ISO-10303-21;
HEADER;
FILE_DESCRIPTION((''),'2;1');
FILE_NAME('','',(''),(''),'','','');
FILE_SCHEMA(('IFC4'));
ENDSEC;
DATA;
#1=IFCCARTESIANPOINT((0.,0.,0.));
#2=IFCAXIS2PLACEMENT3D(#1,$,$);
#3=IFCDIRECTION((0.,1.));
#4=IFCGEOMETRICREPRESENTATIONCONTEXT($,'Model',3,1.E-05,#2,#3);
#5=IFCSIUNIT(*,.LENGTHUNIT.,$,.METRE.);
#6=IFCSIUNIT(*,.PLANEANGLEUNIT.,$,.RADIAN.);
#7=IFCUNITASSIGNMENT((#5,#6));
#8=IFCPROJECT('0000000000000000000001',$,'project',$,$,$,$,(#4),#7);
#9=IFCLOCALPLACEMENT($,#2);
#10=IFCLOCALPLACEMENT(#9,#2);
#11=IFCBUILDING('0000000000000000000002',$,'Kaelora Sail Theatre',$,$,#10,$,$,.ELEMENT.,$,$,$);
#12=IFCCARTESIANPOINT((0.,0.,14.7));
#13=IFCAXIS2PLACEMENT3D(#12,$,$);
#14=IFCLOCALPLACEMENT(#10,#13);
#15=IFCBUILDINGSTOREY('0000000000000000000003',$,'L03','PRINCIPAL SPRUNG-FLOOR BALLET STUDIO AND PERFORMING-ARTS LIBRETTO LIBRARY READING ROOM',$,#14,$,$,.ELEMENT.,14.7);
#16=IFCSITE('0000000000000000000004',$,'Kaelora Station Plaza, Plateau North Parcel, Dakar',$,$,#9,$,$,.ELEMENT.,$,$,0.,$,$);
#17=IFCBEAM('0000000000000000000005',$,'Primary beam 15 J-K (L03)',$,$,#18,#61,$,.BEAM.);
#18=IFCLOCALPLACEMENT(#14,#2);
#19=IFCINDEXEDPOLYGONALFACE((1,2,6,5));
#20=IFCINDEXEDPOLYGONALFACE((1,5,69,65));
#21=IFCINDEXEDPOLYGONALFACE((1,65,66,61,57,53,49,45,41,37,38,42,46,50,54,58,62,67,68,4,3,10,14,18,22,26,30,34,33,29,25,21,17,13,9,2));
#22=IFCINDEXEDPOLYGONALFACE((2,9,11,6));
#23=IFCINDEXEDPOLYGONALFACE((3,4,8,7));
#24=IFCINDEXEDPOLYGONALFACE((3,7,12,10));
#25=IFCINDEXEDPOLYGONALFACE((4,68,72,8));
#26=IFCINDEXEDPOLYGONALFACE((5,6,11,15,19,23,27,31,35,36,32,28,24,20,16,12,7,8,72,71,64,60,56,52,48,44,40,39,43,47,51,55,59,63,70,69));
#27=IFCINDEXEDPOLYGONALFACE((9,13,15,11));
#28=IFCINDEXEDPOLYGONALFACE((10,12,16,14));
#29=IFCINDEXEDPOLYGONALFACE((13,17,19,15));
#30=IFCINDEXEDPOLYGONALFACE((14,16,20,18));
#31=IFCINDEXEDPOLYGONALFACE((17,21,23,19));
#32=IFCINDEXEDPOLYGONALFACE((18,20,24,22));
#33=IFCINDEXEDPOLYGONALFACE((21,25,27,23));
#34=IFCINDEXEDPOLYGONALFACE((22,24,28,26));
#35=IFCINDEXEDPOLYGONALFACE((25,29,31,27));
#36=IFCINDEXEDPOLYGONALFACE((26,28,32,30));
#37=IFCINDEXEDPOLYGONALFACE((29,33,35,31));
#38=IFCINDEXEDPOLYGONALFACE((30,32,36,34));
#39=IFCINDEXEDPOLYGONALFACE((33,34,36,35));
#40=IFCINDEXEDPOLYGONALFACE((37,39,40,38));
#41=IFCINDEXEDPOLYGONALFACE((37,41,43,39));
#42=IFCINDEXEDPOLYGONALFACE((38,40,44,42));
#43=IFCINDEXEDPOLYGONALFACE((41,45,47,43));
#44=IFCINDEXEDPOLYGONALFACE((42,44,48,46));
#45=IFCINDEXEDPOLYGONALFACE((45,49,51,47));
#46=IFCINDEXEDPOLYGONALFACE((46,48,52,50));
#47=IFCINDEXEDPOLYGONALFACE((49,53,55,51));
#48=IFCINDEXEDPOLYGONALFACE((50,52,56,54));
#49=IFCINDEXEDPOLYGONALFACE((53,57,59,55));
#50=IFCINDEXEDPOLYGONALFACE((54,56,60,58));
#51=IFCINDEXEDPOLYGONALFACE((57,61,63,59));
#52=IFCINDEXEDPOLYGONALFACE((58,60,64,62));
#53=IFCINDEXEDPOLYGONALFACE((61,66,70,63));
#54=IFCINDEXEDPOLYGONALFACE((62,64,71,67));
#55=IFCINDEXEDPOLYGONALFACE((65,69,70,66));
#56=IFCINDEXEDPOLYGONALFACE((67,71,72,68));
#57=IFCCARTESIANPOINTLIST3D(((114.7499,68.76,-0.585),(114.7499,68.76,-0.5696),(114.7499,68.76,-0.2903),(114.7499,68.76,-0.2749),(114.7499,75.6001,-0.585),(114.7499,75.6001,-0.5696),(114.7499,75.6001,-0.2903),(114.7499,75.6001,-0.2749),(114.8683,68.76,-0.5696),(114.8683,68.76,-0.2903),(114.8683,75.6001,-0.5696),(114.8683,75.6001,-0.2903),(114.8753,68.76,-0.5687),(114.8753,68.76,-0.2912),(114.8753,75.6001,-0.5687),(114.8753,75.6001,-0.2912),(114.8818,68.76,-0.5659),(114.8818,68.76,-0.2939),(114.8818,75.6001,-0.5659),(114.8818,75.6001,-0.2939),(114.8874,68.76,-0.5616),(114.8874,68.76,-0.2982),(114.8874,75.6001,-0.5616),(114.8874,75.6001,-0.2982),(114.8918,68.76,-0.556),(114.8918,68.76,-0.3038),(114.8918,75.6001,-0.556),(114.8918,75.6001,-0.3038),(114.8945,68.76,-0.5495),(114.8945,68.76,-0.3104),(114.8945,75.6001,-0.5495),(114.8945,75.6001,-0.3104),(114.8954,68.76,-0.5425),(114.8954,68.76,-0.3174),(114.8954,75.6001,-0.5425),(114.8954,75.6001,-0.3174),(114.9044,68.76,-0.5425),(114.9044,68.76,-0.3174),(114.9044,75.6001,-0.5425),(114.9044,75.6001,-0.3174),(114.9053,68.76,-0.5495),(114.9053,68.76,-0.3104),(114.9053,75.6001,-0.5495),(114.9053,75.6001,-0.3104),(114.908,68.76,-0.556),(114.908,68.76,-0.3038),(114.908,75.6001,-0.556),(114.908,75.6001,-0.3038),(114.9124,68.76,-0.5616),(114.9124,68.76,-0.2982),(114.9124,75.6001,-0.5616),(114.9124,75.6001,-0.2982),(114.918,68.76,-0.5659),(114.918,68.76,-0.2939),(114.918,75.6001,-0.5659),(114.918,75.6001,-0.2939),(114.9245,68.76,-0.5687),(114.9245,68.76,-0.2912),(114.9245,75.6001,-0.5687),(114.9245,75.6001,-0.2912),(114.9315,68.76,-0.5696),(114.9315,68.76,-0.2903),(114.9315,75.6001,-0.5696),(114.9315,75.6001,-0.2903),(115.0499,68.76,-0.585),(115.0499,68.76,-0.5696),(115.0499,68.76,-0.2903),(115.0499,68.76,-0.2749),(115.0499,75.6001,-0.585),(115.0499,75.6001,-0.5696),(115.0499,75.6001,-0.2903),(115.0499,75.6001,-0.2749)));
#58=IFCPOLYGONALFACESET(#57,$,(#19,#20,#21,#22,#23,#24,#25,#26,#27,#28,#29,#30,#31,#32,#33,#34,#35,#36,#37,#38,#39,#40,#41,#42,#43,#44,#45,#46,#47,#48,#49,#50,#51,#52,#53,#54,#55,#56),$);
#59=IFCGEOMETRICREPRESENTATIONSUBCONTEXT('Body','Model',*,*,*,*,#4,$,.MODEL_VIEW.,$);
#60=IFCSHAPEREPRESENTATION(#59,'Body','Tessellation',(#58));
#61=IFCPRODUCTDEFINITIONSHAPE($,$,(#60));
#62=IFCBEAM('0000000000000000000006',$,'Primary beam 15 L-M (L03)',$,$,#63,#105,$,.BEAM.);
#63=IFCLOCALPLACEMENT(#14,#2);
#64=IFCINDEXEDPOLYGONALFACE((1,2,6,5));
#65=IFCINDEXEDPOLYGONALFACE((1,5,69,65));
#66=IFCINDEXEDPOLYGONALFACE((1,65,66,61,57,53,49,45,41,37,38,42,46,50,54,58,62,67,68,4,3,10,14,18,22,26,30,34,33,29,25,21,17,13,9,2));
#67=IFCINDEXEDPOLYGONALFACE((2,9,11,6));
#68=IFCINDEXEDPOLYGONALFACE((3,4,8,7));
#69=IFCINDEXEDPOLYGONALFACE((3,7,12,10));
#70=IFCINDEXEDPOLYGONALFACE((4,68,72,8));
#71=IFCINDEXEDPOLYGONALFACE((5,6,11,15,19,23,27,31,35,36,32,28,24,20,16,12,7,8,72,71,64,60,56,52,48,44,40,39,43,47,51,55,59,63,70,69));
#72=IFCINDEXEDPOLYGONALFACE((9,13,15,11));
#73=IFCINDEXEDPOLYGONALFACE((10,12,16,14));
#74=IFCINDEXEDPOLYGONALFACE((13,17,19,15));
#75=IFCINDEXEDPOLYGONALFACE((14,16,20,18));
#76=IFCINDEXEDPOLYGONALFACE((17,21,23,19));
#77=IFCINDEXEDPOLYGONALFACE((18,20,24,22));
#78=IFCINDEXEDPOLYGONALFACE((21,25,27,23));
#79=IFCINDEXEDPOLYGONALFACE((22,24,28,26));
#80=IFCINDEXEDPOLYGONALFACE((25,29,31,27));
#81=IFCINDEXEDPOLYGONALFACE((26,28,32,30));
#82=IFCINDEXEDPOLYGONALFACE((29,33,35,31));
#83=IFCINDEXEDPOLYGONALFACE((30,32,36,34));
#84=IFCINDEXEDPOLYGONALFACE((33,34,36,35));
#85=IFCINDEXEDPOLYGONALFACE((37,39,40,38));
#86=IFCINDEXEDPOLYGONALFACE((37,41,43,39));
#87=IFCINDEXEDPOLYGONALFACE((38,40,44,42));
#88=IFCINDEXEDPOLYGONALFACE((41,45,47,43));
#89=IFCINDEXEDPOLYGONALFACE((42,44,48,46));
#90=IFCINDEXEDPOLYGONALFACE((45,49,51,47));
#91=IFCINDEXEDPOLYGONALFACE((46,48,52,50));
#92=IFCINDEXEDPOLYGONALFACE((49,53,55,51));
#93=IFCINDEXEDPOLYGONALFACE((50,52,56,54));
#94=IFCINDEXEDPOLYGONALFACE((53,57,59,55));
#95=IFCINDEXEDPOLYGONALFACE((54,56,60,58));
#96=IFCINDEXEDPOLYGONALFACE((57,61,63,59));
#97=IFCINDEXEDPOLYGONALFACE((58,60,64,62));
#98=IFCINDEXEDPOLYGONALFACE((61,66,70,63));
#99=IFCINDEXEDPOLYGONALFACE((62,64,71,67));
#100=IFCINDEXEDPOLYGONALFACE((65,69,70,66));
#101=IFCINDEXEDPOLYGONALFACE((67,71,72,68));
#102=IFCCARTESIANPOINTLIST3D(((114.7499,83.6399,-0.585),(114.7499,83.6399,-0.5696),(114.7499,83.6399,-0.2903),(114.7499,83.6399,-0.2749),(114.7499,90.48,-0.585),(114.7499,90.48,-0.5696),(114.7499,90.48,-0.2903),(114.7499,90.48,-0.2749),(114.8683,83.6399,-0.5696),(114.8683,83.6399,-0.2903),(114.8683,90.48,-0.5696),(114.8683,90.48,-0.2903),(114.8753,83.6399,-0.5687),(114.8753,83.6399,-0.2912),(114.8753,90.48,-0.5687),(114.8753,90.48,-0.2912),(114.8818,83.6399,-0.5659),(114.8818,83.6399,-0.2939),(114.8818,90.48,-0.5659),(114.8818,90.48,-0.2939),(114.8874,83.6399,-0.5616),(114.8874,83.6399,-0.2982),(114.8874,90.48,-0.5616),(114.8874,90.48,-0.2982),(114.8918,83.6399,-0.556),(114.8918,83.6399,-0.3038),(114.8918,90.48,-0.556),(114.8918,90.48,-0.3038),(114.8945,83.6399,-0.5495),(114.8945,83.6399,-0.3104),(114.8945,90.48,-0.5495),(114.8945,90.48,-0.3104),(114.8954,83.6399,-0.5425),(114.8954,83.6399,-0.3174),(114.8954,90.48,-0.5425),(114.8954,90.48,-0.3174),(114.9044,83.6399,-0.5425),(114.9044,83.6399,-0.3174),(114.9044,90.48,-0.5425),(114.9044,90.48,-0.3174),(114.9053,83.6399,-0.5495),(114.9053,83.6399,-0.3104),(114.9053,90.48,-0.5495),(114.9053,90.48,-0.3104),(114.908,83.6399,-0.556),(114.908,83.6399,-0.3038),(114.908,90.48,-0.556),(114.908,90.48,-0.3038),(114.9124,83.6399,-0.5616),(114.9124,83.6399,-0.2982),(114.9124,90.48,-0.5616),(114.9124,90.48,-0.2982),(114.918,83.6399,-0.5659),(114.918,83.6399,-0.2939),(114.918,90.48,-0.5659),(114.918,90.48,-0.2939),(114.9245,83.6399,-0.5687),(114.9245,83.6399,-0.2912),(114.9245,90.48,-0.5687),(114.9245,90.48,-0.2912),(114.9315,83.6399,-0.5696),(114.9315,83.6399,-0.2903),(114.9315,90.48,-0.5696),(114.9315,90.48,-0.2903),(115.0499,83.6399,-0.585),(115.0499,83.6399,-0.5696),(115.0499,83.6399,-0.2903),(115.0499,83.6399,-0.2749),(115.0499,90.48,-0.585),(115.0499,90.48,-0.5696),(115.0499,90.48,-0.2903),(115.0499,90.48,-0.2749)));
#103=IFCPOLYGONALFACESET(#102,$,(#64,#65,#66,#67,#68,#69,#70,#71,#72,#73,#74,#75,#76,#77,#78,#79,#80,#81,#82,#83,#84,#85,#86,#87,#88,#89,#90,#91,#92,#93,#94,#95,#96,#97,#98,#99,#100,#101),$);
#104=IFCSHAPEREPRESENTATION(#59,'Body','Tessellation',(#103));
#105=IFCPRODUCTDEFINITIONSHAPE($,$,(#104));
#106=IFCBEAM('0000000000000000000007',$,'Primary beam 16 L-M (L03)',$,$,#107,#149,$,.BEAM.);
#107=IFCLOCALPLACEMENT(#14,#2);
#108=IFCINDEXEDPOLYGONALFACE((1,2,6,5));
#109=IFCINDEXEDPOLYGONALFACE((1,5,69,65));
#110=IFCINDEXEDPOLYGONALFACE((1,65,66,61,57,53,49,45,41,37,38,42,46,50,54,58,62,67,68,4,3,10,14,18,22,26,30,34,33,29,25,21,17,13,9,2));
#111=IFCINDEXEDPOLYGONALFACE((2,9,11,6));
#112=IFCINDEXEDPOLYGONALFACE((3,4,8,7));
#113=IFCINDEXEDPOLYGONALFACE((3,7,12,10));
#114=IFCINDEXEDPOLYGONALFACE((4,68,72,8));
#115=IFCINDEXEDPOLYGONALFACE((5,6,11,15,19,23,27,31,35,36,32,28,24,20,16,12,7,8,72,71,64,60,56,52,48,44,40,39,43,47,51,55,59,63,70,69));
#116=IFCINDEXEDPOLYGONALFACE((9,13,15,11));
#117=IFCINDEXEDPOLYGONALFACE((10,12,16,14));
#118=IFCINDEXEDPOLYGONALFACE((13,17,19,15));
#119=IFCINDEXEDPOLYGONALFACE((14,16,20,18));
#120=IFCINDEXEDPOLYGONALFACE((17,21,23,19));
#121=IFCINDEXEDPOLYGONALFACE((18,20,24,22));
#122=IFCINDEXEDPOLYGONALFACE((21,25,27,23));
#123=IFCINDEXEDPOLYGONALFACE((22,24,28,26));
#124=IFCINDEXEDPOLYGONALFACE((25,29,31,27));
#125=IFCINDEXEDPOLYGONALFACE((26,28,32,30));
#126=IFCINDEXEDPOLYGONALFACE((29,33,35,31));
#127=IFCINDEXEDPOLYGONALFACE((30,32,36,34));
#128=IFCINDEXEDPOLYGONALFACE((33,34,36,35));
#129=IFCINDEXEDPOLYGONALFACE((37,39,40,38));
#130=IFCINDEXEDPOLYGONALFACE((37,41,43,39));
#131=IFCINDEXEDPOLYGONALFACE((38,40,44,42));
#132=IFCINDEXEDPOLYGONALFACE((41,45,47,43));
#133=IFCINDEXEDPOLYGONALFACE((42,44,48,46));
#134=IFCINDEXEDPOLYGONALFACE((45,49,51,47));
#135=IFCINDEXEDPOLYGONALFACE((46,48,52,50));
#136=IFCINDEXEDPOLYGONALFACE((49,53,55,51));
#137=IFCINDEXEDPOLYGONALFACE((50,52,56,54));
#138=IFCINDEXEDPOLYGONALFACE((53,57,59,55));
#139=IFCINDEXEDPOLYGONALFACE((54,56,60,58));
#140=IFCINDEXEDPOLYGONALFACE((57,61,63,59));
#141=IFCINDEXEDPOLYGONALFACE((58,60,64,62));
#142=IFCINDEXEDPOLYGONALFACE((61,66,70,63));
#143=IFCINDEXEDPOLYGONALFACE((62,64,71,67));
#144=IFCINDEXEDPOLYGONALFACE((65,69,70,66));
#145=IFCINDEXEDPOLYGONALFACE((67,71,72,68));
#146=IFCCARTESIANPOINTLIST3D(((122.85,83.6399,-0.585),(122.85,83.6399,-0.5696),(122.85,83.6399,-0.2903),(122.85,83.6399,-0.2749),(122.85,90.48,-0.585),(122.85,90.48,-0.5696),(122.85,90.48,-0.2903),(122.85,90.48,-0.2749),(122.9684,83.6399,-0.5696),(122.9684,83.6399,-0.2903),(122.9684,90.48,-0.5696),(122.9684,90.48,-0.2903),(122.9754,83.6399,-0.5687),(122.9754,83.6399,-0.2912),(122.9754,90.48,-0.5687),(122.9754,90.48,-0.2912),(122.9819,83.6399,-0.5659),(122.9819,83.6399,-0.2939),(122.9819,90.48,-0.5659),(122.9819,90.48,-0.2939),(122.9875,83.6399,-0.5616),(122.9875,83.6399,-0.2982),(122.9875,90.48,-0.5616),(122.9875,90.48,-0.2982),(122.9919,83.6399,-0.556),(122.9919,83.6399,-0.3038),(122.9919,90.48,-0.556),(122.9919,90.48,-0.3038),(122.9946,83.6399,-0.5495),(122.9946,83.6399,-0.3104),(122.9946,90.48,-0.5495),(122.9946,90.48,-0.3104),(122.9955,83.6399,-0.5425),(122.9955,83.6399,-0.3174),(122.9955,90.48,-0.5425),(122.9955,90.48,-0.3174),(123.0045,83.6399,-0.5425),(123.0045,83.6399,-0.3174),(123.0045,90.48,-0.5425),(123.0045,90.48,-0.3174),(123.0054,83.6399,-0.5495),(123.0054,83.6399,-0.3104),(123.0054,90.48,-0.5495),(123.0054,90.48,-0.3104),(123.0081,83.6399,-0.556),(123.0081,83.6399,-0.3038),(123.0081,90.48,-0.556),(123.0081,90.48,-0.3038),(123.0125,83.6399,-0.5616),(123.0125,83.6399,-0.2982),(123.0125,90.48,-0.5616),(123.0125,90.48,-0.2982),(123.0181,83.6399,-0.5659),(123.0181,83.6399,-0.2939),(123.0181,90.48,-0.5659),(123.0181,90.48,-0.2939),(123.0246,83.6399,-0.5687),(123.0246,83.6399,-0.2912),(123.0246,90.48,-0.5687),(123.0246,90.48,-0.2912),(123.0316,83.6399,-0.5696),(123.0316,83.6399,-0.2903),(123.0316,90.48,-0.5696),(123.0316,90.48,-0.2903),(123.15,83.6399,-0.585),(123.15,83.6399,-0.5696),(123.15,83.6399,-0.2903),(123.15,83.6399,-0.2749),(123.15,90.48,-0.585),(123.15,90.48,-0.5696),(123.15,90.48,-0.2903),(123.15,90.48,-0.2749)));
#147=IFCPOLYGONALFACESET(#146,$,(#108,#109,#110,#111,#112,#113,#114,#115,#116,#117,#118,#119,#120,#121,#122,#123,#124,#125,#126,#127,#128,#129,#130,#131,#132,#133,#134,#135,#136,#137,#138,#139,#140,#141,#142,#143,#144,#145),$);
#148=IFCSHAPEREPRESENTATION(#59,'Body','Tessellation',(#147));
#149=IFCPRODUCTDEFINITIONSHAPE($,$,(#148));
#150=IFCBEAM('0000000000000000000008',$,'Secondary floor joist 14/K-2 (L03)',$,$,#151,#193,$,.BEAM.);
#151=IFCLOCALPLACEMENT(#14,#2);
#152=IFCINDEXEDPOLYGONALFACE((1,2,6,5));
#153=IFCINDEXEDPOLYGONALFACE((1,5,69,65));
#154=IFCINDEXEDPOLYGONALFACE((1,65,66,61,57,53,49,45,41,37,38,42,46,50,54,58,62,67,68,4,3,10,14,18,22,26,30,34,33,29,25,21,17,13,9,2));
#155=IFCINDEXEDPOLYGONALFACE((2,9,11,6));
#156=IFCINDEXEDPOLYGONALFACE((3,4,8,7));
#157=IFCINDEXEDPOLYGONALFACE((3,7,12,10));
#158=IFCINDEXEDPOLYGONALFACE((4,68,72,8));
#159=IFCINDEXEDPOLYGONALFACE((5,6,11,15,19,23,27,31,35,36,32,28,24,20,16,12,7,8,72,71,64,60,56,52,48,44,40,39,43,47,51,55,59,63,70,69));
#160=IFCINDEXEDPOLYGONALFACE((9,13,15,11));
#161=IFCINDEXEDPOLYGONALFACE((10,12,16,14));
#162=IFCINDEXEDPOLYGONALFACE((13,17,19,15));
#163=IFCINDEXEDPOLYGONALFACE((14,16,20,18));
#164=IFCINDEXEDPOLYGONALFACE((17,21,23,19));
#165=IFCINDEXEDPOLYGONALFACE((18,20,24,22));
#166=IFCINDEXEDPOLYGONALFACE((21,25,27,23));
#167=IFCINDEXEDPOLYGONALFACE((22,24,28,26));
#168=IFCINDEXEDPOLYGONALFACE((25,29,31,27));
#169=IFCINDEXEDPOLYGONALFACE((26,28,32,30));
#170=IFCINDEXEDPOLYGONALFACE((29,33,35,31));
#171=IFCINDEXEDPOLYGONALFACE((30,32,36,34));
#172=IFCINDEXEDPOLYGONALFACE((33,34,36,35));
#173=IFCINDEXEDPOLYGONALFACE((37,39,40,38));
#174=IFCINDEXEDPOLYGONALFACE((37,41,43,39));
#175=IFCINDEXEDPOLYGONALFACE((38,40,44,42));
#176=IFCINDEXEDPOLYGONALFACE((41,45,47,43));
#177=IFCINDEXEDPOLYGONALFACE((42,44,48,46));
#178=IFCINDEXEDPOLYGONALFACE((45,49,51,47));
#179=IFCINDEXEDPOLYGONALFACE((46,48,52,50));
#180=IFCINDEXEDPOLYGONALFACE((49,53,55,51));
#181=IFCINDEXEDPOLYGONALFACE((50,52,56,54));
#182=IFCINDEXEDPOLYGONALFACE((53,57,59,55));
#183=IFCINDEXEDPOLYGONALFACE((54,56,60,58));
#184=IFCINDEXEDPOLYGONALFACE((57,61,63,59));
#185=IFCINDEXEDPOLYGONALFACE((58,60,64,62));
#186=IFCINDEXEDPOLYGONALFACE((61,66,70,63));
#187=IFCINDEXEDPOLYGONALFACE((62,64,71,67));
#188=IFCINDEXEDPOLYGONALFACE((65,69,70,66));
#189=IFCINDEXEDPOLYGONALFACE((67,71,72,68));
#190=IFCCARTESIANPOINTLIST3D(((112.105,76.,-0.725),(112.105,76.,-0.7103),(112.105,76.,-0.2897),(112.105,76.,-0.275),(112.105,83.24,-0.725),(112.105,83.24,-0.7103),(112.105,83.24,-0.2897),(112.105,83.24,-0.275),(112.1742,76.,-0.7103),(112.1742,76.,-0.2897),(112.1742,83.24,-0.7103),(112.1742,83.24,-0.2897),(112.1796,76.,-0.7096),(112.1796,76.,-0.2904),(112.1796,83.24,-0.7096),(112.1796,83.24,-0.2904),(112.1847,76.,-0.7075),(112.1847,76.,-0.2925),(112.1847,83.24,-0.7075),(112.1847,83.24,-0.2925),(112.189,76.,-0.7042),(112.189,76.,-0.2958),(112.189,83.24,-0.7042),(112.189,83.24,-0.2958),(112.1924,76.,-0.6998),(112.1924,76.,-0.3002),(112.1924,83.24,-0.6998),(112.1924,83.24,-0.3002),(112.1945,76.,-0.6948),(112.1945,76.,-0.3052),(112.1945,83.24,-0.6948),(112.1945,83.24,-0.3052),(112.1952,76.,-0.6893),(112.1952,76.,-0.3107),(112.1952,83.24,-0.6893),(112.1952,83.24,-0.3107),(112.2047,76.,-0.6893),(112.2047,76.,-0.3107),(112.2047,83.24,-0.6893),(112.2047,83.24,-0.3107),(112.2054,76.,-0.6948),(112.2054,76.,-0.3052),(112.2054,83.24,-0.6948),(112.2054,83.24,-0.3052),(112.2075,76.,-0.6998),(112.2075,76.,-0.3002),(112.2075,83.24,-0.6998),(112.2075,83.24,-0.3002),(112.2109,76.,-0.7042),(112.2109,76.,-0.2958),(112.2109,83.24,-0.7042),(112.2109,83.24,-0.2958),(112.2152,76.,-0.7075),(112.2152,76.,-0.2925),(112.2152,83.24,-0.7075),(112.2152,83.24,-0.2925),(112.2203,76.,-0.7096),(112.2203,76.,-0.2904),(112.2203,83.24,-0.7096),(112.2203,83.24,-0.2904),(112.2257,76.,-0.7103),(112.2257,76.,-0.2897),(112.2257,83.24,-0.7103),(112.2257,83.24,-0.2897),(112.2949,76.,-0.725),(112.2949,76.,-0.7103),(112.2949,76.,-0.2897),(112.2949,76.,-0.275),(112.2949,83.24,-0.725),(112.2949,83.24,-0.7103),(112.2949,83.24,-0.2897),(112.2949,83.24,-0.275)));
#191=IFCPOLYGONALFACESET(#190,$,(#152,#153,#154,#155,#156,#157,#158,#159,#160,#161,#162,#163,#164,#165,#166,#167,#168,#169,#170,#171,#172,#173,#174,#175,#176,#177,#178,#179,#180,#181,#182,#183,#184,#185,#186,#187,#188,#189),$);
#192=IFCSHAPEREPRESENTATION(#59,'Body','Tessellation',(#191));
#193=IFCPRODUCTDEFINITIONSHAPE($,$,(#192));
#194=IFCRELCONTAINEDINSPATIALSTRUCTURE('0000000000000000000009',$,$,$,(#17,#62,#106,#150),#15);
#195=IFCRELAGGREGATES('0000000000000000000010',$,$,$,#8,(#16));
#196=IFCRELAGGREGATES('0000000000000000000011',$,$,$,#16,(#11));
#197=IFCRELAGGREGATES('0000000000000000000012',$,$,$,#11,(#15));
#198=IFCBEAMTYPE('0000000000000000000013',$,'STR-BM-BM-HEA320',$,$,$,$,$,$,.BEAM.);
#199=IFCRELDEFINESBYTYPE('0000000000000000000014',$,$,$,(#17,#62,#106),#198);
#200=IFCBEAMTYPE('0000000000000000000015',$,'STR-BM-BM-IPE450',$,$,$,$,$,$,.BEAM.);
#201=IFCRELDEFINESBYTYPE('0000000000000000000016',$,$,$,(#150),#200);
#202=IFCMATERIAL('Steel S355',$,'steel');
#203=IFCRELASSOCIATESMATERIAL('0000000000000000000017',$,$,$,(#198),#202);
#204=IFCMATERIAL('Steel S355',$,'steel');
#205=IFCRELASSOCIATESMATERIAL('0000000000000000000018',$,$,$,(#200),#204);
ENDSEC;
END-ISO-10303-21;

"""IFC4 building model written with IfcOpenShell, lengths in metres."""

from ifc_helpers import new_model, si_unit, direction, frame, origin, origin_2d, place, context, subcontext, project, spatial, i_section, extrude, material, material_profile, profile_set, type_object, element, save


model = new_model("IFC4")

# Units and contexts
model_context = context("Model", 3, precision=1e-05, world=origin(), true_north=direction((0.0, 1.0)))
body_context = subcontext(model_context, "Body", "Model", "MODEL_VIEW")
ifc_project = project(units=[si_unit("LENGTHUNIT", "METRE"), si_unit("PLANEANGLEUNIT", "RADIAN")], contexts=[model_context])

# Site, building, storey
site_placement = place(None, origin())
site = spatial("IfcSite", under=ifc_project, at=site_placement, Name="Kaelora Station Plaza, Plateau North Parcel, Dakar", CompositionType="ELEMENT", RefElevation=0.0)
building_placement = place(site_placement, origin())
building = spatial("IfcBuilding", under=site, at=building_placement, Name="Kaelora Sail Theatre", CompositionType="ELEMENT")
storey_placement = place(building_placement, frame((0.0, 0.0, 14.7)))
storey = spatial("IfcBuildingStorey", under=building, at=storey_placement, Name="L03", Description="PRINCIPAL SPRUNG-FLOOR BALLET STUDIO AND PERFORMING-ARTS LIBRETTO LIBRARY READING ROOM", CompositionType="ELEMENT", Elevation=14.7)

# Beams
ifc_material_1 = material(Name="Steel S355", Category="steel")
ifc_material_profile_1 = material_profile(ifc_material_1, i_section(OverallWidth=0.3, OverallDepth=0.3101, WebThickness=0.009, FlangeThickness=0.0154, FilletRadius=0.0271, at=origin_2d()), Name="HEA 320")
ifc_profile_set_1 = profile_set([ifc_material_profile_1], Name="Steel S355")
beam_type_1 = type_object("IfcBeamType", Name="STR-BM-BM-HEA320", PredefinedType="BEAM", material=ifc_profile_set_1)
for number, where, z_axis, x_axis, name in (
    (1, (114.8999, 68.76, -0.4299), (0.0, 1.0, 0.0), (-1.0, 0.0, 0.0), "Primary beam 15 J-K (L03)"),
    (2, (114.8999, 83.6399, -0.4299), (0.0, 1.0, 0.0), (-1.0, 0.0, 0.0), "Primary beam 15 L-M (L03)"),
    (3, (123.0, 83.6399, -0.4299), (0.0, 1.0, 0.0), (-1.0, 0.0, 0.0), "Primary beam 16 L-M (L03)"),
):
    element("IfcBeam", number, at=place(storey_placement, frame(where, z_axis=z_axis, x_axis=x_axis)), inside=storey, type_object=beam_type_1, Name=name, PredefinedType="BEAM", context=body_context, shape_type="SweptSolid", body=[
        extrude(i_section(OverallWidth=0.3, OverallDepth=0.3101, WebThickness=0.009, FlangeThickness=0.0154, FilletRadius=0.0271, at=origin_2d()), origin(), (0.0, 0.0, 1.0), 6.8401),
    ])
ifc_material_2 = material(Name="Steel S355", Category="steel")
ifc_material_profile_2 = material_profile(ifc_material_2, i_section(OverallWidth=0.1899, OverallDepth=0.45, WebThickness=0.0095, FlangeThickness=0.0146, FilletRadius=0.021, at=origin_2d()), Name="IPE 450")
ifc_profile_set_2 = profile_set([ifc_material_profile_2], Name="Steel S355")
beam_type_2 = type_object("IfcBeamType", Name="STR-BM-BM-IPE450", PredefinedType="BEAM", material=ifc_profile_set_2)
for number, where, z_axis, x_axis, name in (
    (4, (112.2, 76.0, -0.5), (0.0, 1.0, 0.0), (-1.0, 0.0, 0.0), "Secondary floor joist 14/K-2 (L03)"),
):
    element("IfcBeam", number, at=place(storey_placement, frame(where, z_axis=z_axis, x_axis=x_axis)), inside=storey, type_object=beam_type_2, Name=name, PredefinedType="BEAM", context=body_context, shape_type="SweptSolid", body=[
        extrude(i_section(OverallWidth=0.1899, OverallDepth=0.45, WebThickness=0.0095, FlangeThickness=0.0146, FilletRadius=0.021, at=origin_2d()), origin(), (0.0, 0.0, 1.0), 7.24),
    ])

save(model, "model.ifc")
